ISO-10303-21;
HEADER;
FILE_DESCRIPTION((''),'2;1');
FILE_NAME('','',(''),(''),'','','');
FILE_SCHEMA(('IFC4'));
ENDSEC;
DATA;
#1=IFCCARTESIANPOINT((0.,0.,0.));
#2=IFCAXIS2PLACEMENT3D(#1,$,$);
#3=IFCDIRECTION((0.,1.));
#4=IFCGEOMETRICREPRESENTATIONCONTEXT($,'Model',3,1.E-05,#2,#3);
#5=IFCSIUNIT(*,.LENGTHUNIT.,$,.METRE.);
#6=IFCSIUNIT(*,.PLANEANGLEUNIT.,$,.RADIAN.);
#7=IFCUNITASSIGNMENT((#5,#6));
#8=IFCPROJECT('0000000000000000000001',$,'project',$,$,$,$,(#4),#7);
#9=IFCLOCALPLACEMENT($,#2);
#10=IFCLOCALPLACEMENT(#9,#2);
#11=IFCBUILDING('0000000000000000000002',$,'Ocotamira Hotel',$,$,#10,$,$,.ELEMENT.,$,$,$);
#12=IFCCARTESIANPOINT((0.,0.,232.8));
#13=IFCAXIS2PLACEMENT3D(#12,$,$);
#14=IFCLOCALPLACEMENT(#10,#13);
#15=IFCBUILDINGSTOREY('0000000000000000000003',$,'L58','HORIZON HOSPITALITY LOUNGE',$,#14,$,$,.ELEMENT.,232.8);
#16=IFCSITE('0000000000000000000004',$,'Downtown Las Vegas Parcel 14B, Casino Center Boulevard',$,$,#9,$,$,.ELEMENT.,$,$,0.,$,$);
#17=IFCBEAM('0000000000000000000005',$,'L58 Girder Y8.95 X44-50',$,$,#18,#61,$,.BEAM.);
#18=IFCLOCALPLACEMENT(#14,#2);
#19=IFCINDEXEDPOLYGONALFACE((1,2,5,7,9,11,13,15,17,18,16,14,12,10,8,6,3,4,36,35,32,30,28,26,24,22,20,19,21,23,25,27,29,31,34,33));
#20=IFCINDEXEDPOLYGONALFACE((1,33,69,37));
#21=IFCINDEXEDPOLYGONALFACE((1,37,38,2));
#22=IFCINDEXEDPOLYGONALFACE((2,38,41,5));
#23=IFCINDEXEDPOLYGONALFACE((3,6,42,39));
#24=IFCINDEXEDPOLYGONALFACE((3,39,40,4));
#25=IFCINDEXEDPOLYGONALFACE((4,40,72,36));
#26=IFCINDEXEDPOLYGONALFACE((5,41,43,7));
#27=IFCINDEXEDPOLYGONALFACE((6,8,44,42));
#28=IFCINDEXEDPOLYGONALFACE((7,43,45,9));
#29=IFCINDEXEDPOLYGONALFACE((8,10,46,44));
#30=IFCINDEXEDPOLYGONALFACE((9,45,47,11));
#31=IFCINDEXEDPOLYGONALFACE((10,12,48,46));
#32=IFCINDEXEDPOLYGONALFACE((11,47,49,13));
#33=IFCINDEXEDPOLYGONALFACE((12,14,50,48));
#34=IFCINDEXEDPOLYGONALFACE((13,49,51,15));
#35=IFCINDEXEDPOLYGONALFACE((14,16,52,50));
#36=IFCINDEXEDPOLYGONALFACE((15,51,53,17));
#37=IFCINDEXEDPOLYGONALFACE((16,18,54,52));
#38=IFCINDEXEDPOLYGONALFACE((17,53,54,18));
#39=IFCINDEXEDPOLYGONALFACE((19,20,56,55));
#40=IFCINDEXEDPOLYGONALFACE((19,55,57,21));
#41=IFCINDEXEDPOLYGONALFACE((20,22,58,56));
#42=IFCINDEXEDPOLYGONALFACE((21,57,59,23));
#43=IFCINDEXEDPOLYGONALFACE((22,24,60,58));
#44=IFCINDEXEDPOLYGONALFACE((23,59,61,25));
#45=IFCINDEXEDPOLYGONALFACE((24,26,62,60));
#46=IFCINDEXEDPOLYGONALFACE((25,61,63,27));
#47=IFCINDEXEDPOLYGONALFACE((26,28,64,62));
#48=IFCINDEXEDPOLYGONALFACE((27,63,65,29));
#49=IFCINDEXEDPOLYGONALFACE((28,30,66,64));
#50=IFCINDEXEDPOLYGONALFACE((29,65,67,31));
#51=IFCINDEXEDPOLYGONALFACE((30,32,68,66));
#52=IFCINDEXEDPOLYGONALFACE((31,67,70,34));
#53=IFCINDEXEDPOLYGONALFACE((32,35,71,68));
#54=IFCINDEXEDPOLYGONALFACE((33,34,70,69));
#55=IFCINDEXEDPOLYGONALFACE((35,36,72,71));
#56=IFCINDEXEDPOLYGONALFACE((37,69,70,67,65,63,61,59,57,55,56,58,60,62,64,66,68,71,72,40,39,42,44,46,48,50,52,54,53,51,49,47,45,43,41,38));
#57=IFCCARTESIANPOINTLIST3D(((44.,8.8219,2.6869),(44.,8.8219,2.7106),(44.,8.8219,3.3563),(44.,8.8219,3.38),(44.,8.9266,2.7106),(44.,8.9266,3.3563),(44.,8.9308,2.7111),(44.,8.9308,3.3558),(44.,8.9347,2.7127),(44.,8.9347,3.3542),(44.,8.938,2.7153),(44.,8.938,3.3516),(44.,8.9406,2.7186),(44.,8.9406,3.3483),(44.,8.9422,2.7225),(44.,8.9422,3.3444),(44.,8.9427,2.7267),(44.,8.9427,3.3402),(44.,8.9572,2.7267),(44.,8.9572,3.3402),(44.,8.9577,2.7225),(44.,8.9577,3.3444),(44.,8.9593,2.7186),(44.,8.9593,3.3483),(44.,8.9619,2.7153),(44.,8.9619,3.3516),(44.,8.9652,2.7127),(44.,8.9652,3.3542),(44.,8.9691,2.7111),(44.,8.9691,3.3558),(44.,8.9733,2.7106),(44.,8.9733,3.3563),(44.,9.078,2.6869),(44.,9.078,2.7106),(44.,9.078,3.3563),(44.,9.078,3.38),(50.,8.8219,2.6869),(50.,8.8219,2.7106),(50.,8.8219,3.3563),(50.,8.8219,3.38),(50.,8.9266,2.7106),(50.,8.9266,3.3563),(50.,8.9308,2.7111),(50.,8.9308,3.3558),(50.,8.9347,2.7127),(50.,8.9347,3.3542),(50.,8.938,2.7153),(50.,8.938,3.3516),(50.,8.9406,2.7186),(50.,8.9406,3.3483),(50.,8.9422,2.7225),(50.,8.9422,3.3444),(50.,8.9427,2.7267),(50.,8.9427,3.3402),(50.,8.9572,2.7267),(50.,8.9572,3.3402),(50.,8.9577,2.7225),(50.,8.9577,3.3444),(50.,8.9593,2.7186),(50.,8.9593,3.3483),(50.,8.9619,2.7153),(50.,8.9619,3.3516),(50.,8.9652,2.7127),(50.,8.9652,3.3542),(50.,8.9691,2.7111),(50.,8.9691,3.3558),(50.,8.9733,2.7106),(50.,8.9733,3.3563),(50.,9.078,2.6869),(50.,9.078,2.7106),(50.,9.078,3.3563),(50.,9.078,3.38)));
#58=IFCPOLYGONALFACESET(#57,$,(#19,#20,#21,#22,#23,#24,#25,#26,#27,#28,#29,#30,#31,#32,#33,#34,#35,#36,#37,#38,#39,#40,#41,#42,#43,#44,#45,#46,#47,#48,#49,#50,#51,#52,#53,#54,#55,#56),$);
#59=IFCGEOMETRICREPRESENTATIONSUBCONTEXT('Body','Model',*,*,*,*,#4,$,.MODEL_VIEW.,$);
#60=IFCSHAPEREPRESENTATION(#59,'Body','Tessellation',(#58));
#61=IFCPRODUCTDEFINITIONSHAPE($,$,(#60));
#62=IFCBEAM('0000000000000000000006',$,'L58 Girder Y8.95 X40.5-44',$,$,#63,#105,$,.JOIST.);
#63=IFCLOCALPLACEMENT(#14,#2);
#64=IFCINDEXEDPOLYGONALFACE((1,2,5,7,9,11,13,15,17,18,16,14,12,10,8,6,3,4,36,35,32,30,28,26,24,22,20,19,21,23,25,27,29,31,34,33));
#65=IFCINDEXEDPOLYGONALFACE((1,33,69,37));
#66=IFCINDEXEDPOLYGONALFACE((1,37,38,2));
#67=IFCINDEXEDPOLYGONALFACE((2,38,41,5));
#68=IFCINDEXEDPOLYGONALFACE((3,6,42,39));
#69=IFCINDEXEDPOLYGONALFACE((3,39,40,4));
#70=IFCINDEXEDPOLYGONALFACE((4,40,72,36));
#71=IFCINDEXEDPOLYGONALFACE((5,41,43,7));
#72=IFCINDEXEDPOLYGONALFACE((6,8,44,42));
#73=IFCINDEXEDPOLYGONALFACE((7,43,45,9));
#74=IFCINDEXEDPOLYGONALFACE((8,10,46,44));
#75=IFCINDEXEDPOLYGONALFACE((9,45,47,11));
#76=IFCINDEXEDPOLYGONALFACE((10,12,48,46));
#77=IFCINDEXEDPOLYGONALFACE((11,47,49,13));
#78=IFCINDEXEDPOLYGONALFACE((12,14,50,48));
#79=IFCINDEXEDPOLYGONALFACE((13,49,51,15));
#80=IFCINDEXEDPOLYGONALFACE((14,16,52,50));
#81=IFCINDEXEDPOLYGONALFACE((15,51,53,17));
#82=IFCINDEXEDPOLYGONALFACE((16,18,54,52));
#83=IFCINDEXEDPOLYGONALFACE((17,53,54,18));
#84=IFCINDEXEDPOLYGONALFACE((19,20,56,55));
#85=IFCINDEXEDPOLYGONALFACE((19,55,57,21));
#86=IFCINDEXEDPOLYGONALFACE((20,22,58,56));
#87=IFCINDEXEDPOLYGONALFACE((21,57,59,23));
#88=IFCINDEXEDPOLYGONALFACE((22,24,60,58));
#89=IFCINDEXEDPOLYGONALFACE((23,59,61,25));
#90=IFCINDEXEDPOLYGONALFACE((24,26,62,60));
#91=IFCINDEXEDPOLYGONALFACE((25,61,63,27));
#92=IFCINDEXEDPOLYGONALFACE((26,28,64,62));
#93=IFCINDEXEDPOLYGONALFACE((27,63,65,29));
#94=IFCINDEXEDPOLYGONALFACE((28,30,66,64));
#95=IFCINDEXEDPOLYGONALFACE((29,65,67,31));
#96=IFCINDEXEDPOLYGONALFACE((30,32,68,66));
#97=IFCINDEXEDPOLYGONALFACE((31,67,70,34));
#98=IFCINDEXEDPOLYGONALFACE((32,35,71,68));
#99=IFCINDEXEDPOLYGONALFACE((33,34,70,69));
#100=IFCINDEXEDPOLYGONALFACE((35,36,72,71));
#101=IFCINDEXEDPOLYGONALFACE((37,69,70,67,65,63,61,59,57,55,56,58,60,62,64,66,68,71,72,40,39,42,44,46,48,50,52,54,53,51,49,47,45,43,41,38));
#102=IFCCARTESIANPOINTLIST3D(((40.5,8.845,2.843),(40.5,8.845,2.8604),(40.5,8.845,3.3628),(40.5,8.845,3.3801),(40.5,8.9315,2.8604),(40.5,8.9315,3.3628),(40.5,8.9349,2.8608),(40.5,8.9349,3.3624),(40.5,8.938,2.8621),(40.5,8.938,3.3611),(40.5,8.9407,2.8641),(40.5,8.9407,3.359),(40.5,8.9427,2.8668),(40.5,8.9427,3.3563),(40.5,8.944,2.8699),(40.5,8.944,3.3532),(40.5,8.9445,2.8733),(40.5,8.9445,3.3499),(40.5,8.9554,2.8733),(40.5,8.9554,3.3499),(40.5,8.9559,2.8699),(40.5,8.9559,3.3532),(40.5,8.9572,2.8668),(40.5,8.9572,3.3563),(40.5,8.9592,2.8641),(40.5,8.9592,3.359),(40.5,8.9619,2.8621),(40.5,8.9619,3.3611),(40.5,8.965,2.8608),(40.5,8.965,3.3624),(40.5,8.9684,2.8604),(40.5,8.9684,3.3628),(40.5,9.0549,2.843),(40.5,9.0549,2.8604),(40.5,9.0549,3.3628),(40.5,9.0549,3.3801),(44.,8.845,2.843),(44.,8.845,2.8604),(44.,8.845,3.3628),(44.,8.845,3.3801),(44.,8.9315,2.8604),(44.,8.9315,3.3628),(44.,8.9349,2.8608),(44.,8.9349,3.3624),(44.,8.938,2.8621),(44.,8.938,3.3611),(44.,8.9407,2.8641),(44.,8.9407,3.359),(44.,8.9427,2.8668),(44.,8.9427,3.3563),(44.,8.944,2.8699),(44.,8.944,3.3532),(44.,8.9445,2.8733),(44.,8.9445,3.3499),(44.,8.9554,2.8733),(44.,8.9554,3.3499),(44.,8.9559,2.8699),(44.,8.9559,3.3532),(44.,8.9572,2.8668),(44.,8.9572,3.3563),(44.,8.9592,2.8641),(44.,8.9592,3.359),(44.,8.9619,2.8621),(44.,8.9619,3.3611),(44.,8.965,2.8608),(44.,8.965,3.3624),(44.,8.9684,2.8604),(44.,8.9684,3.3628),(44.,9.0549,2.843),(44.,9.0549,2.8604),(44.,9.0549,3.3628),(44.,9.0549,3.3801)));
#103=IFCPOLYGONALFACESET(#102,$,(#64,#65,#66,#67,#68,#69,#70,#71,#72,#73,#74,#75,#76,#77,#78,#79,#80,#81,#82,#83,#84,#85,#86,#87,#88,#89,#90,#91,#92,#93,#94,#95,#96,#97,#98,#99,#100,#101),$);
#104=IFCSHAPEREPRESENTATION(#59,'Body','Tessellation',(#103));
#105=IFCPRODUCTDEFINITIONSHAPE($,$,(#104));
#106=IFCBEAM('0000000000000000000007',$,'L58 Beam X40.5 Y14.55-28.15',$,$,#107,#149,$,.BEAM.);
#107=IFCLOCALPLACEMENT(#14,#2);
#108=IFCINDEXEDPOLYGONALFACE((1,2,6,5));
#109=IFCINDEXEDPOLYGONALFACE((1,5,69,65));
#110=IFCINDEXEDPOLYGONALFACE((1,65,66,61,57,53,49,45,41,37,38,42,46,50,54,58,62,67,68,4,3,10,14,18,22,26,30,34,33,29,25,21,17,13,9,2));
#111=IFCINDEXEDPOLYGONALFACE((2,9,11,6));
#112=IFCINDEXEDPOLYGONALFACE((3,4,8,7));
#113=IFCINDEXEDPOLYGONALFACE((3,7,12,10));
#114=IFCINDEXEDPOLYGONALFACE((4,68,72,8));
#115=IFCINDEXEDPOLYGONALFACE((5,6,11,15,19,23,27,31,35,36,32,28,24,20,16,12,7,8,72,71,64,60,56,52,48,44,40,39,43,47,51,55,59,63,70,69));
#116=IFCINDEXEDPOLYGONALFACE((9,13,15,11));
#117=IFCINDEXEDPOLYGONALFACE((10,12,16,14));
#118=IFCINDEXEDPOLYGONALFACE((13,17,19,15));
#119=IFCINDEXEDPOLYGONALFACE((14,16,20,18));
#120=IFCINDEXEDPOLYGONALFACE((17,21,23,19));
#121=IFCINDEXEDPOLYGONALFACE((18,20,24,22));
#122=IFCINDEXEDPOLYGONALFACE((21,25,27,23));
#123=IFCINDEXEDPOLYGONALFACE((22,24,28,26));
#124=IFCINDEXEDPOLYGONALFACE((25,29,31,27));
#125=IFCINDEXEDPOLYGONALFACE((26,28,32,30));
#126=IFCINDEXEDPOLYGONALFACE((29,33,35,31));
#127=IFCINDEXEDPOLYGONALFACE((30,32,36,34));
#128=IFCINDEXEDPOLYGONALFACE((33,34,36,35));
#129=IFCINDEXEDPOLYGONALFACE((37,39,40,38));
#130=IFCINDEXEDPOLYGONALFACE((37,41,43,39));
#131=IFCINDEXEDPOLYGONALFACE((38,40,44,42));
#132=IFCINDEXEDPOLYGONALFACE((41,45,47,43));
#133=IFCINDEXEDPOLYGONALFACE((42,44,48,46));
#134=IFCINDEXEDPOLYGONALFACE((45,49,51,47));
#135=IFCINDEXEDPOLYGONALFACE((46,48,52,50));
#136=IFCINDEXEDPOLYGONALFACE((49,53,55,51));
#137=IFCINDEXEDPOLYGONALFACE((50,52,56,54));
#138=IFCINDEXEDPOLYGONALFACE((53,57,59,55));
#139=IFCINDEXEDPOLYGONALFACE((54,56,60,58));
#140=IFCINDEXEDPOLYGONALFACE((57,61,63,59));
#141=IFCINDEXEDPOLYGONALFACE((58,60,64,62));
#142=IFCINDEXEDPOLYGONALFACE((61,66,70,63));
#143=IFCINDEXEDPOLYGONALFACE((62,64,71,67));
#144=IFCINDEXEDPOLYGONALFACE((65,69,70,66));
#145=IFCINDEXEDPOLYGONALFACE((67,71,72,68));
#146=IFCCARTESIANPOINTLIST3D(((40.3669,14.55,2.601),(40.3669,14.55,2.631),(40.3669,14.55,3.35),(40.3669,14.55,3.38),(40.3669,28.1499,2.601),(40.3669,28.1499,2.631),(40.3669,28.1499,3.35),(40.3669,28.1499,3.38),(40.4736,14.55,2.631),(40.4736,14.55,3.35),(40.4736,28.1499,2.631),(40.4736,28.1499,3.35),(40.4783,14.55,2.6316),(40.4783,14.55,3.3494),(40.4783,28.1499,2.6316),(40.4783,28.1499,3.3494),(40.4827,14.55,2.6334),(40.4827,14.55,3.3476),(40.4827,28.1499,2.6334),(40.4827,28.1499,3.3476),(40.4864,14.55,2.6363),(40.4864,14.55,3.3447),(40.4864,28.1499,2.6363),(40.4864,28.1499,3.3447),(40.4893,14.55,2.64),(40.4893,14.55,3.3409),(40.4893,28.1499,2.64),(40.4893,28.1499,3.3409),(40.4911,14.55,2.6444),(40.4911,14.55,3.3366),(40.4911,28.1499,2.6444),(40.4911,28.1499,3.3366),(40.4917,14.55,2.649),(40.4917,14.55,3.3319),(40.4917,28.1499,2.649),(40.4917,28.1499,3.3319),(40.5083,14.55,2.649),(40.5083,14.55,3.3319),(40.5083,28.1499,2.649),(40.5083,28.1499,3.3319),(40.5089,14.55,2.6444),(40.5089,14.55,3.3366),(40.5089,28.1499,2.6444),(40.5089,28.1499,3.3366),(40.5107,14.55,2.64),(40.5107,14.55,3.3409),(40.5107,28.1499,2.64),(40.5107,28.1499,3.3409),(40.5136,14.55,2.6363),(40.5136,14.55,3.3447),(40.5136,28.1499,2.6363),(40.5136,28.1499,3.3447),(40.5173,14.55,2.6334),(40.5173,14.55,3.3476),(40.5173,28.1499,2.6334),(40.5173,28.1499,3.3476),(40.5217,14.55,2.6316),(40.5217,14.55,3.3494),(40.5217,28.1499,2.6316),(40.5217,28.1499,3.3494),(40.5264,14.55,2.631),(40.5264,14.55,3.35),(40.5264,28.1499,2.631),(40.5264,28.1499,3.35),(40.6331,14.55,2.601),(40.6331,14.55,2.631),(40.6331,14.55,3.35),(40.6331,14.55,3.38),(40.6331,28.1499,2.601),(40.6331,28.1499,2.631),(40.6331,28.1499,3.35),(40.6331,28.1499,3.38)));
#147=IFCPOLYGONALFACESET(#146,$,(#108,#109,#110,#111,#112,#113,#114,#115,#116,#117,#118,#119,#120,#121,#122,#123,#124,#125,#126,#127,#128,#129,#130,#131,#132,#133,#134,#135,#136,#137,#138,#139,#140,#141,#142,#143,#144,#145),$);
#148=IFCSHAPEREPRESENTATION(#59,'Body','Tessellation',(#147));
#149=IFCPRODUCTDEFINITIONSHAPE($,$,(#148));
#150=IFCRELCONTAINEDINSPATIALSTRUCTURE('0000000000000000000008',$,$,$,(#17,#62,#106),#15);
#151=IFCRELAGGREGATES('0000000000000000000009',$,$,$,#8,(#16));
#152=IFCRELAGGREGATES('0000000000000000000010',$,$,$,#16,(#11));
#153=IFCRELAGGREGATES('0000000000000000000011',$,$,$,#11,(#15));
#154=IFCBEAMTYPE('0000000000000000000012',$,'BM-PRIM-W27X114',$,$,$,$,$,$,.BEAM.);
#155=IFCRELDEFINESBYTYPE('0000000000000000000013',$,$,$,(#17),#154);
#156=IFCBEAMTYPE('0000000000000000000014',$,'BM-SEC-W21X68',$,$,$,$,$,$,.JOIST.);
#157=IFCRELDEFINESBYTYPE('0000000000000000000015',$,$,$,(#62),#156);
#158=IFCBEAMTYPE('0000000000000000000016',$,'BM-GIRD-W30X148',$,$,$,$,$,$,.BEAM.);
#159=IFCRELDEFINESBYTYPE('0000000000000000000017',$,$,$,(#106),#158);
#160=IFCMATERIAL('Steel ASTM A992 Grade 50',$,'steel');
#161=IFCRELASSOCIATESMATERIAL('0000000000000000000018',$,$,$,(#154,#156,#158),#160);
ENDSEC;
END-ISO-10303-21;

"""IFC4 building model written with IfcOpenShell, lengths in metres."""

from ifc_helpers import new_model, si_unit, direction, frame, origin, origin_2d, place, context, subcontext, project, spatial, i_section, extrude, source, transform, mapped, material, material_profile, profile_set, type_object, element, save


model = new_model("IFC4")

# Units and contexts
model_context = context("Model", 3, precision=1e-05, world=origin(), true_north=direction((0.0, 1.0)))
body_context = subcontext(model_context, "Body", "Model", "MODEL_VIEW")
ifc_project = project(units=[si_unit("LENGTHUNIT", "METRE"), si_unit("PLANEANGLEUNIT", "RADIAN")], contexts=[model_context])

# Site, building, storey
site_placement = place(None, origin())
site = spatial("IfcSite", under=ifc_project, at=site_placement, Name="Downtown Las Vegas Parcel 14B, Casino Center Boulevard", CompositionType="ELEMENT", RefElevation=0.0)
building_placement = place(site_placement, origin())
building = spatial("IfcBuilding", under=site, at=building_placement, Name="Ocotamira Hotel", CompositionType="ELEMENT")
storey_placement = place(building_placement, frame((0.0, 0.0, 232.8)))
storey = spatial("IfcBuildingStorey", under=building, at=storey_placement, Name="L58", Description="HORIZON HOSPITALITY LOUNGE", CompositionType="ELEMENT", Elevation=232.8)

# Shared definitions
ifc_material_1 = material(Name="Steel ASTM A992 Grade 50", Category="steel")

# Beams
ifc_material_profile_1 = material_profile(ifc_material_1, i_section(OverallWidth=0.2561, OverallDepth=0.6931, WebThickness=0.0144, FlangeThickness=0.0237, FilletRadius=0.0161, at=origin_2d()), Name="W27X114")
ifc_profile_set_1 = profile_set([ifc_material_profile_1], Name="Steel ASTM A992 Grade 50")
beam_type_1 = type_object("IfcBeamType", Name="BM-PRIM-W27X114", PredefinedType="BEAM", material=ifc_profile_set_1)
shared_shape_1 = source(origin(), body_context, "Body", "SweptSolid", [
    extrude(i_section(OverallWidth=0.2561, OverallDepth=0.6931, WebThickness=0.0144, FlangeThickness=0.0237, FilletRadius=0.0161, at=origin_2d()), origin(), (0.0, 0.0, 1.0), 6.0),
])
beam_1_placement = place(storey_placement, frame((44.0, 8.95, 3.0334), z_axis=(1.0, 0.0, 0.0), x_axis=(0.0, 1.0, 0.0)))
element("IfcBeam", 1, at=beam_1_placement, inside=storey, type_object=beam_type_1, Name="L58 Girder Y8.95 X44-50", PredefinedType="BEAM", context=body_context, shape_type="MappedRepresentation", body=[
    mapped(shared_shape_1, transform((0.0, 0.0, 0.0), scale=1.0)),
])
ifc_material_profile_2 = material_profile(ifc_material_1, i_section(OverallWidth=0.21, OverallDepth=0.5371, WebThickness=0.011, FlangeThickness=0.0173, FilletRadius=0.0129, at=origin_2d()), Name="W21X68")
ifc_profile_set_2 = profile_set([ifc_material_profile_2], Name="Steel ASTM A992 Grade 50")
beam_type_2 = type_object("IfcBeamType", Name="BM-SEC-W21X68", PredefinedType="JOIST", material=ifc_profile_set_2)
shared_shape_2 = source(origin(), body_context, "Body", "SweptSolid", [
    extrude(i_section(OverallWidth=0.21, OverallDepth=0.5371, WebThickness=0.011, FlangeThickness=0.0173, FilletRadius=0.0129, at=origin_2d()), origin(), (0.0, 0.0, 1.0), 3.5),
])
beam_2_placement = place(storey_placement, frame((40.5, 8.95, 3.1116), z_axis=(1.0, 0.0, 0.0), x_axis=(0.0, 1.0, 0.0)))
element("IfcBeam", 2, at=beam_2_placement, inside=storey, type_object=beam_type_2, Name="L58 Girder Y8.95 X40.5-44", PredefinedType="JOIST", context=body_context, shape_type="MappedRepresentation", body=[
    mapped(shared_shape_2, transform((0.0, 0.0, 0.0), scale=1.0)),
])
ifc_material_profile_3 = material_profile(ifc_material_1, i_section(OverallWidth=0.2661, OverallDepth=0.7791, WebThickness=0.0166, FlangeThickness=0.03, FilletRadius=0.0181, at=origin_2d()), Name="W30X148")
ifc_profile_set_3 = profile_set([ifc_material_profile_3], Name="Steel ASTM A992 Grade 50")
beam_type_3 = type_object("IfcBeamType", Name="BM-GIRD-W30X148", PredefinedType="BEAM", material=ifc_profile_set_3)
shared_shape_3 = source(origin(), body_context, "Body", "SweptSolid", [
    extrude(i_section(OverallWidth=0.2661, OverallDepth=0.7791, WebThickness=0.0166, FlangeThickness=0.03, FilletRadius=0.0181, at=origin_2d()), origin(), (0.0, 0.0, 1.0), 13.5999),
])
beam_3_placement = place(storey_placement, frame((40.5, 14.55, 2.9905), z_axis=(0.0, 1.0, 0.0), x_axis=(-1.0, 0.0, 0.0)))
element("IfcBeam", 3, at=beam_3_placement, inside=storey, type_object=beam_type_3, Name="L58 Beam X40.5 Y14.55-28.15", PredefinedType="BEAM", context=body_context, shape_type="MappedRepresentation", body=[
    mapped(shared_shape_3, transform((0.0, 0.0, 0.0), scale=1.0)),
])

save(model, "model.ifc")
